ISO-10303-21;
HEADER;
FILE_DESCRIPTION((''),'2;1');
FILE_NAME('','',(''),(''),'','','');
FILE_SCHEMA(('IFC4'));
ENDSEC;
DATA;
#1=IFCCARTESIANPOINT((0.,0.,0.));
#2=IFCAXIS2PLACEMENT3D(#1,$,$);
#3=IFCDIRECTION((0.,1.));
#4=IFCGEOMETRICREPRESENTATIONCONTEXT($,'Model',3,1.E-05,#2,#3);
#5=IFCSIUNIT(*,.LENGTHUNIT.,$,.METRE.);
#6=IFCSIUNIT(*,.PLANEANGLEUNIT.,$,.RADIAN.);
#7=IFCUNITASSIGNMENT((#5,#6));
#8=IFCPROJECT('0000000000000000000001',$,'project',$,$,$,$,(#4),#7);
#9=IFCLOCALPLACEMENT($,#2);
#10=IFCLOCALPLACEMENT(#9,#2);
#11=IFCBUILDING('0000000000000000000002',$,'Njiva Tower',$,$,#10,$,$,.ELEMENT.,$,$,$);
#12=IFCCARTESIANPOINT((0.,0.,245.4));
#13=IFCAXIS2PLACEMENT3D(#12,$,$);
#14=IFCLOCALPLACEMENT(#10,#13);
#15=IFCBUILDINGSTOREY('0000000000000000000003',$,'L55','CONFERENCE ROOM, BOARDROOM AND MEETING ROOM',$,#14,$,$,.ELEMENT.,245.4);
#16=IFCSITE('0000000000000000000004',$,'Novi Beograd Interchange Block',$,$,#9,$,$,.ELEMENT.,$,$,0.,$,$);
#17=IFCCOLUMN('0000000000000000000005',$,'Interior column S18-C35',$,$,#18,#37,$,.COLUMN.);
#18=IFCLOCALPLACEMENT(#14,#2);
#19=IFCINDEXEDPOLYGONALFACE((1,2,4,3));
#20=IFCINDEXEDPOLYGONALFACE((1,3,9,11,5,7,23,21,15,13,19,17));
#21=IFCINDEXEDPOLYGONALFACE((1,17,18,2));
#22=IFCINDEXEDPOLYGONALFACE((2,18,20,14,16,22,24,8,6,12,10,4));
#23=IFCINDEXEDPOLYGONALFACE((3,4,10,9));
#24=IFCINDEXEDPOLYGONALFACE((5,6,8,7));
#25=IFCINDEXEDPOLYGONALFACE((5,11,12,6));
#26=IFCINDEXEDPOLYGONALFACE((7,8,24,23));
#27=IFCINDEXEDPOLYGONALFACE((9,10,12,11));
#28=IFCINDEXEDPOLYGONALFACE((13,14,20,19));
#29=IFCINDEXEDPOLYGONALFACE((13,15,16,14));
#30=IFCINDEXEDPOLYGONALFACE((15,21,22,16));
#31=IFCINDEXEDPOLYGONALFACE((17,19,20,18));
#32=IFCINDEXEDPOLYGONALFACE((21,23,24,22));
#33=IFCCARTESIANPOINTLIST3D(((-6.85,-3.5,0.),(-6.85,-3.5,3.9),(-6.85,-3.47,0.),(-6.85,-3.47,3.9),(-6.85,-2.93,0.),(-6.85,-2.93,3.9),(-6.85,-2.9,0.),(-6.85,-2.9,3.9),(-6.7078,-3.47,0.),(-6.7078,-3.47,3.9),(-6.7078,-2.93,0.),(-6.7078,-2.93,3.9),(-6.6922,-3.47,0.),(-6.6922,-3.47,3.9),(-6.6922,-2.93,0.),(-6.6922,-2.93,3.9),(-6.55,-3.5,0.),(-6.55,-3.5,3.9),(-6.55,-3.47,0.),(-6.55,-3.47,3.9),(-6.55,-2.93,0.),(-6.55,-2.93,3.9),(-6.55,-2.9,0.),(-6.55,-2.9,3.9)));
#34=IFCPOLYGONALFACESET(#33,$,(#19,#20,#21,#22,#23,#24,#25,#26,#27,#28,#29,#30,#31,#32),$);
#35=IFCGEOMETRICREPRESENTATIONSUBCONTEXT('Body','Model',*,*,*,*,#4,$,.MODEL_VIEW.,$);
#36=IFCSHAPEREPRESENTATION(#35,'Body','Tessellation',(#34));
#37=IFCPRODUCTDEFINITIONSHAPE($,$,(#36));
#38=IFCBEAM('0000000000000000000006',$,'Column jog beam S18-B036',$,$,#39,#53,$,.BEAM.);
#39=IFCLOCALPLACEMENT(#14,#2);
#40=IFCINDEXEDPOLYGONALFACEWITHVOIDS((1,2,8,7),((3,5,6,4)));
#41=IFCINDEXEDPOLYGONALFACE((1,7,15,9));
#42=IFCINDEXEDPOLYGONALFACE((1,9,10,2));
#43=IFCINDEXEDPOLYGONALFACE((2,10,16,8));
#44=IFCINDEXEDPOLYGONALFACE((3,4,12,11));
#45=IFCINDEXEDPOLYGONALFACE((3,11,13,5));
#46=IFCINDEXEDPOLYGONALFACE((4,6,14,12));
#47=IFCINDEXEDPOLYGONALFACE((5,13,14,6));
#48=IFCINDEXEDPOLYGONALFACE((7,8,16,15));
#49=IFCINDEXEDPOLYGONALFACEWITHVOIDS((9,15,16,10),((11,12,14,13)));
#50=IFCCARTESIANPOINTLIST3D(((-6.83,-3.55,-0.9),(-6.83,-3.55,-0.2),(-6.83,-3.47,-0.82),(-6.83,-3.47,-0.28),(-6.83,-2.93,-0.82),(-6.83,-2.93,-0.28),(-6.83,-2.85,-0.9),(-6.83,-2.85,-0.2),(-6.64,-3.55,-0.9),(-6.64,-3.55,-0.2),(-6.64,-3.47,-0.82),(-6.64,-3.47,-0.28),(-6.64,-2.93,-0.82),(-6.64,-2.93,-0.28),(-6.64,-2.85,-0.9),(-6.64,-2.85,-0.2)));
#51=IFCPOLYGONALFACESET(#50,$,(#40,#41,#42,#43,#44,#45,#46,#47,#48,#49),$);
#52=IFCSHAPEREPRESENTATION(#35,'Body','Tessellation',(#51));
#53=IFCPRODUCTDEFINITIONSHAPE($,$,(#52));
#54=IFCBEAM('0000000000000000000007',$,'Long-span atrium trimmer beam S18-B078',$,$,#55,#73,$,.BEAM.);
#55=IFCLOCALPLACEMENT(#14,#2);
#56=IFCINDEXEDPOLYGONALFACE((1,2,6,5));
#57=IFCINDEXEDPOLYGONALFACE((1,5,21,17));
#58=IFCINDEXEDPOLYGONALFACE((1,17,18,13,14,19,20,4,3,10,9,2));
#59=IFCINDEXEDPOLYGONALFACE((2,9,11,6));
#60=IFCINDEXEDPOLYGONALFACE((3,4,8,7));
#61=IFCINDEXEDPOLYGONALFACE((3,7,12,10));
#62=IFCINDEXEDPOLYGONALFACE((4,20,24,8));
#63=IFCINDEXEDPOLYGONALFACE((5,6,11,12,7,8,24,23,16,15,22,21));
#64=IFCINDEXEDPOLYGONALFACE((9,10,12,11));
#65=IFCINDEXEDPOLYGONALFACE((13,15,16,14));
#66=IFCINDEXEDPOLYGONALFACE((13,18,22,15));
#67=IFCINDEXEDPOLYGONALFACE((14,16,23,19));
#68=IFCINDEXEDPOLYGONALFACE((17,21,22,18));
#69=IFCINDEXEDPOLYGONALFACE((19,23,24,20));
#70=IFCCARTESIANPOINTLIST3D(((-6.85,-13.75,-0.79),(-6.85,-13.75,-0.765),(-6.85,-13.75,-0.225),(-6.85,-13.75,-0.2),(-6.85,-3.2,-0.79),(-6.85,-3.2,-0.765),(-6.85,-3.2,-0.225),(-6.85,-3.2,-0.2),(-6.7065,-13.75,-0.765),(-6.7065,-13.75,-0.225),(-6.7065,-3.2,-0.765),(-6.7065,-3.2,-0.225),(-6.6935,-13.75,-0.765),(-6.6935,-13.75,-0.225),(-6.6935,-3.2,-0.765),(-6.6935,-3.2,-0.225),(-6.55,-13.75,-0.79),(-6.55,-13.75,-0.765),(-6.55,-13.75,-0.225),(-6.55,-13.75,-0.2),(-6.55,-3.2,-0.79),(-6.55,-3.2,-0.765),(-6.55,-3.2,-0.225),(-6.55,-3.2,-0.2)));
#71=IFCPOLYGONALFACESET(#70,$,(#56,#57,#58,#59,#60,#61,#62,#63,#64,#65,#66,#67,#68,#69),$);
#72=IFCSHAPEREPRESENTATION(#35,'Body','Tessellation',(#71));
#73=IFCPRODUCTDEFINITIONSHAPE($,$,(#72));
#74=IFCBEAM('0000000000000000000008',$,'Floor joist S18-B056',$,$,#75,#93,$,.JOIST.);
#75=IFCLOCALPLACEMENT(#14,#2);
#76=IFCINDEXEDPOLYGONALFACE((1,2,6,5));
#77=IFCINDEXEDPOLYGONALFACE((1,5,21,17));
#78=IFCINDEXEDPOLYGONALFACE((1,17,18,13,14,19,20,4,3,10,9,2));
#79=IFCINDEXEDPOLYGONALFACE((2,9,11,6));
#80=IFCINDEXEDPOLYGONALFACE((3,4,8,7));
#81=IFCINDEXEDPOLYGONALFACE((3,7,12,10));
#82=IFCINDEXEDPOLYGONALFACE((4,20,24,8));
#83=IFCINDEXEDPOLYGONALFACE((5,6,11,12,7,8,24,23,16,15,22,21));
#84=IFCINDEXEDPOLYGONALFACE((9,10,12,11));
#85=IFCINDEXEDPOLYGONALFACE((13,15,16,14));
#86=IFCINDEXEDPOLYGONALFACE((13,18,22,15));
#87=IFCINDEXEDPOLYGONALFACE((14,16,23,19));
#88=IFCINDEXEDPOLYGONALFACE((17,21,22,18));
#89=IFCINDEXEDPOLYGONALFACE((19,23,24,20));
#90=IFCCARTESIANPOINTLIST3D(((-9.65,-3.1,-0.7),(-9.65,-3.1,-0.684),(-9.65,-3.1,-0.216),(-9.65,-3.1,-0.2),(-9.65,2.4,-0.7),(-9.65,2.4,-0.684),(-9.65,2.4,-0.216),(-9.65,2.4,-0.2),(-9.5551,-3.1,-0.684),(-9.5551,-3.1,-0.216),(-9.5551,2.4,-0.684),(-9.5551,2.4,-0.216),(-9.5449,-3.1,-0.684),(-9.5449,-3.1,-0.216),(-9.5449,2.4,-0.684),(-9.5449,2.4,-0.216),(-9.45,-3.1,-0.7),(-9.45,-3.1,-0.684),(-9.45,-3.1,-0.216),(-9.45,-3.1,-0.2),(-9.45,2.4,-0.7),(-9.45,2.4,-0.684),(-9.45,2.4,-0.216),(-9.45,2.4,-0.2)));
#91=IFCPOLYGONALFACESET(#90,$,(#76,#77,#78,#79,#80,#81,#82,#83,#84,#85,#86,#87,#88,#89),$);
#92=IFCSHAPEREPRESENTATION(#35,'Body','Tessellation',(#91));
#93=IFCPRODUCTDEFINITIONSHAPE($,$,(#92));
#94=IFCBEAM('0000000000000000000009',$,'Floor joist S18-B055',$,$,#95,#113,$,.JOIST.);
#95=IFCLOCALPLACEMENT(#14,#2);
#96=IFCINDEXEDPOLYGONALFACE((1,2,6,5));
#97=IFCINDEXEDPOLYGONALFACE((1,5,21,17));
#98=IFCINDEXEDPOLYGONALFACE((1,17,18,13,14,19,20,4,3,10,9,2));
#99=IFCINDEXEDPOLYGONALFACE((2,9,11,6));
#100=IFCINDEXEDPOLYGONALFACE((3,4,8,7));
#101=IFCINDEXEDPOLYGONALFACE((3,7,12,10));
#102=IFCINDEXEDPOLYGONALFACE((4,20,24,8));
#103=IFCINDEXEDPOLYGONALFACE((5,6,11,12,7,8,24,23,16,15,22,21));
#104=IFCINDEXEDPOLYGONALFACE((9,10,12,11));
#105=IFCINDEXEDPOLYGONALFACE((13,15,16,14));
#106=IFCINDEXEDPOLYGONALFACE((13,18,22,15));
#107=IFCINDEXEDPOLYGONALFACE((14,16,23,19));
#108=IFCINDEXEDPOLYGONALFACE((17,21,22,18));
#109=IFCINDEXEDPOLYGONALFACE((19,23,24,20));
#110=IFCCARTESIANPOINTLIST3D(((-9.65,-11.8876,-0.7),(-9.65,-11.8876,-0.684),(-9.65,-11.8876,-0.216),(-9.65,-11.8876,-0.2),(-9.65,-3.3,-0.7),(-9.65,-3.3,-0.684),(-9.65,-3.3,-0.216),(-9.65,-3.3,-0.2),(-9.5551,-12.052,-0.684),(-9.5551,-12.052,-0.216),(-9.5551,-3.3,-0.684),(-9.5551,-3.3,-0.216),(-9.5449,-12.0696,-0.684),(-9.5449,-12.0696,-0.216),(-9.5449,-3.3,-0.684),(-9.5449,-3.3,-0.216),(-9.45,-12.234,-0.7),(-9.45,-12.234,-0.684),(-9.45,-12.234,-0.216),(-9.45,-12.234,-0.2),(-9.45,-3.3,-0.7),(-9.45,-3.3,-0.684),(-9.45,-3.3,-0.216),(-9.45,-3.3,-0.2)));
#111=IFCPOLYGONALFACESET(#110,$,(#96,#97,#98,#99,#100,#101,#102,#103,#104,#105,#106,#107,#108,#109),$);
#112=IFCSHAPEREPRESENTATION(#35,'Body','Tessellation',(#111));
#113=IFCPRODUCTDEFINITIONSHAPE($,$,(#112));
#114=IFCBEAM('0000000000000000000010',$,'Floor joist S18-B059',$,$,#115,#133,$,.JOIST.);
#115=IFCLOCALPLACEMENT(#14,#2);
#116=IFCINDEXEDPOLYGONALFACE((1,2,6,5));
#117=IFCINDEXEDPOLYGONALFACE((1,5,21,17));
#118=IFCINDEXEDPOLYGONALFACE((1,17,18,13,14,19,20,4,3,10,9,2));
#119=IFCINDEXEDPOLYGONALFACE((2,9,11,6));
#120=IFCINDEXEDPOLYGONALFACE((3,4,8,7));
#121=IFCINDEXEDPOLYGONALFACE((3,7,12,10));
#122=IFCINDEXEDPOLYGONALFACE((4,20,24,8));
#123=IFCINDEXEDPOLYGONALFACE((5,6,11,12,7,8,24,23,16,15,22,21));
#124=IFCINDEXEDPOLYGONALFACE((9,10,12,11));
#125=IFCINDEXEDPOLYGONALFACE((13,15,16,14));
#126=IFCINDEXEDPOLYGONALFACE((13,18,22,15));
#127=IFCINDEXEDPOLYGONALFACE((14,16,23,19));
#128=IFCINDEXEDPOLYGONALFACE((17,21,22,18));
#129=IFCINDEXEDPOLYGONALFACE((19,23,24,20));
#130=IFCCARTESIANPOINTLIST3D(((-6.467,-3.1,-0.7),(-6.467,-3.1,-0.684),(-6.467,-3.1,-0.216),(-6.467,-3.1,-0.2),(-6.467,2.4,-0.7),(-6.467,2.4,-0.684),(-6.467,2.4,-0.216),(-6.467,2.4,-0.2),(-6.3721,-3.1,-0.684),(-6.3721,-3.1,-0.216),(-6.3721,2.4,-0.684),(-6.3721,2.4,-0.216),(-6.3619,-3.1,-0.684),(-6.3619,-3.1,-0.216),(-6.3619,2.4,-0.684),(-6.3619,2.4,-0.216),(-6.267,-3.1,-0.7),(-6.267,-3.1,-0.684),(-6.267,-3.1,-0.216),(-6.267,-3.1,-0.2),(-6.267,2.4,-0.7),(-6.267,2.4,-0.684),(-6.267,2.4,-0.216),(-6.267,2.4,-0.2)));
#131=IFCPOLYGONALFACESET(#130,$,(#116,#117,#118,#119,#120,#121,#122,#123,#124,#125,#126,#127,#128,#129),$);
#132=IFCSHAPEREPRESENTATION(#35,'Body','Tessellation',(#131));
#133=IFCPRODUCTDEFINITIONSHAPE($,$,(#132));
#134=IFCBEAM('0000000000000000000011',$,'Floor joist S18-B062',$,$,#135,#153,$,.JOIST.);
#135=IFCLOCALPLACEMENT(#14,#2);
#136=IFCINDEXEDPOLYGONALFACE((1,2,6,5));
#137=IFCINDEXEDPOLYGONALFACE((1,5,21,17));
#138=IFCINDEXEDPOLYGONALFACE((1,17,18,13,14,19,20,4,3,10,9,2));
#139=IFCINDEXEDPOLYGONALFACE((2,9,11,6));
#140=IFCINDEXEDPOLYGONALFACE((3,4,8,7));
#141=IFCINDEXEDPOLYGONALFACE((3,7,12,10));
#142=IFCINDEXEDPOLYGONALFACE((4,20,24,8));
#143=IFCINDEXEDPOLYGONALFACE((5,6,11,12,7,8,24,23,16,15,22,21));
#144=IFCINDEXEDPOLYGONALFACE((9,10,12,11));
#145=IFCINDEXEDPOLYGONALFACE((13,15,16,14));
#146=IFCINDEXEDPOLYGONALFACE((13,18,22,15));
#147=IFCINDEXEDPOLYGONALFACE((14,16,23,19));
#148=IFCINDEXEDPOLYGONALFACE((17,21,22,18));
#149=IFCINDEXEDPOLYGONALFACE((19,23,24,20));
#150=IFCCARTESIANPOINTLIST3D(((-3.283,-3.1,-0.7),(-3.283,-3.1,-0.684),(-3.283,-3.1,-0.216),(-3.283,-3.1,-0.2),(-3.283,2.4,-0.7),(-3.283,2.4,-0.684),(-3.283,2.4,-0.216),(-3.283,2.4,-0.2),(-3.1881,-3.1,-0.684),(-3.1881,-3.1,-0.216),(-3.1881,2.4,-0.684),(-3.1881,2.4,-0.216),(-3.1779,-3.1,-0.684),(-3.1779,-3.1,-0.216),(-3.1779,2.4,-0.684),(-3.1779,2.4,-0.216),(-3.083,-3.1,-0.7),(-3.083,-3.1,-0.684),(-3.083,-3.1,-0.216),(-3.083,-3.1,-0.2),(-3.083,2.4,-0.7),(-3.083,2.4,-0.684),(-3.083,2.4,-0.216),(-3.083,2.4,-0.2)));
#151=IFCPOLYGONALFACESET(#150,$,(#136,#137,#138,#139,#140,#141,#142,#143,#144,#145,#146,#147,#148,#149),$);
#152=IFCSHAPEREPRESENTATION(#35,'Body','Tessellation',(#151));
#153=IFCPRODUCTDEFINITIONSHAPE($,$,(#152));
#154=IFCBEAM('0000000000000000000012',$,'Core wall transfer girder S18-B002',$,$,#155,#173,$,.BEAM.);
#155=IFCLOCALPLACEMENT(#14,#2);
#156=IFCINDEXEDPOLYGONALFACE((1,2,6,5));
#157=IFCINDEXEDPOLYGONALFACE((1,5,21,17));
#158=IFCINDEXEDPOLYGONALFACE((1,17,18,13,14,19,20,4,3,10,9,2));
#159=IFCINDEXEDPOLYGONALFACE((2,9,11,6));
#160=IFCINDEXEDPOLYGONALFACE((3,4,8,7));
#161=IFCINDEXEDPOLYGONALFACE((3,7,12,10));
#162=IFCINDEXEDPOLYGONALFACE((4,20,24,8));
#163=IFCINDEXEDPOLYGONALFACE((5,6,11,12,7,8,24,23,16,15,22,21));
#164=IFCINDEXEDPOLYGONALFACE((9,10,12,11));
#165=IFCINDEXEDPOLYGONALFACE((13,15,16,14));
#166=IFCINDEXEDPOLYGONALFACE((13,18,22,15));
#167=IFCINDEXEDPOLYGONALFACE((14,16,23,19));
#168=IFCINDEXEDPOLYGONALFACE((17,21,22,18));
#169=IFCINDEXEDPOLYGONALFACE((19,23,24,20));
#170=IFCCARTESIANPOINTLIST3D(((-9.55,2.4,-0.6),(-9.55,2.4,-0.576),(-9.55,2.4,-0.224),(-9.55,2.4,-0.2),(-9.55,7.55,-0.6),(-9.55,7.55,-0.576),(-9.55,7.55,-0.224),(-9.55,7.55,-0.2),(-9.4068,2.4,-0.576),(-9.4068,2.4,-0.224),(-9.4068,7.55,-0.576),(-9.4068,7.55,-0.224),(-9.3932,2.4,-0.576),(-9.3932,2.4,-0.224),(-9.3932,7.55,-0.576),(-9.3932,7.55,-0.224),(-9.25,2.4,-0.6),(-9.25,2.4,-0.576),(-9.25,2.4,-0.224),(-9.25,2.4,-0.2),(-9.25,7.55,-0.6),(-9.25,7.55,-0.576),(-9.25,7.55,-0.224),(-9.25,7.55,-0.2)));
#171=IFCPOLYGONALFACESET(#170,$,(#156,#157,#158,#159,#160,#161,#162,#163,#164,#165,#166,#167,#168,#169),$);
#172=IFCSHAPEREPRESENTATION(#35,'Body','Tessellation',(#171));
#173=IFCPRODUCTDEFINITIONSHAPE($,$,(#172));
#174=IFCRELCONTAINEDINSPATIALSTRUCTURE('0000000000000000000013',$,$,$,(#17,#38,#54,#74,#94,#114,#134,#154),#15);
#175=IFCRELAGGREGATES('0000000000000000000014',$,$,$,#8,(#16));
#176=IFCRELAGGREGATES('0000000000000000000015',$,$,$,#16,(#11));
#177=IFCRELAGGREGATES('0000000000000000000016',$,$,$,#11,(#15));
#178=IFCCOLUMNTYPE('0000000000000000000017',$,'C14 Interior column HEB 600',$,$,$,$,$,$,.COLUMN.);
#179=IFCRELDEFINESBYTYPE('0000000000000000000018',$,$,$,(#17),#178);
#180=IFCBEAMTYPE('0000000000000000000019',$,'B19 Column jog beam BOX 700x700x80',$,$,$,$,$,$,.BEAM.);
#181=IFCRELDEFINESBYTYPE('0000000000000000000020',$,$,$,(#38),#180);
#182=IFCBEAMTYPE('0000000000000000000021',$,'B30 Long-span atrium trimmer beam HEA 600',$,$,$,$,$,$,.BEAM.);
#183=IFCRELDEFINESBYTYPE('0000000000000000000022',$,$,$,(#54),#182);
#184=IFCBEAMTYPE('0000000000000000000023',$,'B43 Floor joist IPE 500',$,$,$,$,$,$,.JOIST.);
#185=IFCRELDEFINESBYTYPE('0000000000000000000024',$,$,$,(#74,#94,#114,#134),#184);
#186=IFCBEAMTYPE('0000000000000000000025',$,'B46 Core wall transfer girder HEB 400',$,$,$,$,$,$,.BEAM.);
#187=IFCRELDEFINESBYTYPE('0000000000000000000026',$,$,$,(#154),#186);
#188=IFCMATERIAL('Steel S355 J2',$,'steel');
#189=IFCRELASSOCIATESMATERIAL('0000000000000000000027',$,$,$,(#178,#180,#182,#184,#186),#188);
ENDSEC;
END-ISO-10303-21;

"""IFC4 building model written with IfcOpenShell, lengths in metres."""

from ifc_helpers import new_model, si_unit, direction, frame, origin, origin_2d, place, context, subcontext, project, spatial, hollow_rectangle, i_section, extrude, clip, halfspace, material, material_profile, profile_set, type_object, element, save


model = new_model("IFC4")

# Units and contexts
model_context = context("Model", 3, precision=1e-05, world=origin(), true_north=direction((0.0, 1.0)))
body_context = subcontext(model_context, "Body", "Model", "MODEL_VIEW")
ifc_project = project(units=[si_unit("LENGTHUNIT", "METRE"), si_unit("PLANEANGLEUNIT", "RADIAN")], contexts=[model_context])

# Site, building, storey
site_placement = place(None, origin())
site = spatial("IfcSite", under=ifc_project, at=site_placement, Name="Novi Beograd Interchange Block", CompositionType="ELEMENT", RefElevation=0.0)
building_placement = place(site_placement, origin())
building = spatial("IfcBuilding", under=site, at=building_placement, Name="Njiva Tower", CompositionType="ELEMENT")
storey_placement = place(building_placement, frame((0.0, 0.0, 245.4)))
storey = spatial("IfcBuildingStorey", under=building, at=storey_placement, Name="L55", Description="CONFERENCE ROOM, BOARDROOM AND MEETING ROOM", CompositionType="ELEMENT", Elevation=245.4)

# Column
ifc_material_1 = material(Name="Steel S355 J2", Category="steel")
ifc_material_profile_1 = material_profile(ifc_material_1, i_section(OverallWidth=0.3, OverallDepth=0.6, WebThickness=0.0155, FlangeThickness=0.03, at=origin_2d()), Name="HEB 600")
ifc_profile_set_1 = profile_set([ifc_material_profile_1], Name="Steel S355 J2")
column_type = type_object("IfcColumnType", Name="C14 Interior column HEB 600", PredefinedType="COLUMN", material=ifc_profile_set_1)
column_placement = place(storey_placement, frame((-6.7, -3.2, 0.0), z_axis=(0.0, 0.0, 1.0), x_axis=(1.0, 0.0, 0.0)))
element("IfcColumn", 1, at=column_placement, inside=storey, type_object=column_type, Name="Interior column S18-C35", PredefinedType="COLUMN", context=body_context, shape_type="SweptSolid", body=[
    extrude(i_section(OverallWidth=0.3, OverallDepth=0.6, WebThickness=0.0155, FlangeThickness=0.03, at=origin_2d()), origin(), (0.0, 0.0, 1.0), 3.9),
])

# Beams
ifc_material_profile_2 = material_profile(ifc_material_1, hollow_rectangle(XDim=0.7, YDim=0.7, WallThickness=0.08, at=origin_2d()), Name="BOX 700x700x80")
ifc_profile_set_2 = profile_set([ifc_material_profile_2], Name="Steel S355 J2")
beam_type_1 = type_object("IfcBeamType", Name="B19 Column jog beam BOX 700x700x80", PredefinedType="BEAM", material=ifc_profile_set_2)
beam_1_placement = place(storey_placement, frame((-6.83, -3.2, -0.55), z_axis=(1.0, 0.0, 0.0), x_axis=(0.0, 1.0, 0.0)))
element("IfcBeam", 2, at=beam_1_placement, inside=storey, type_object=beam_type_1, Name="Column jog beam S18-B036", PredefinedType="BEAM", context=body_context, shape_type="SweptSolid", body=[
    extrude(hollow_rectangle(XDim=0.7, YDim=0.7, WallThickness=0.08, at=origin_2d()), origin(), (0.0, 0.0, 1.0), 0.19),
])
ifc_material_profile_3 = material_profile(ifc_material_1, i_section(OverallWidth=0.3, OverallDepth=0.59, WebThickness=0.013, FlangeThickness=0.025, at=origin_2d()), Name="HEA 600")
ifc_profile_set_3 = profile_set([ifc_material_profile_3], Name="Steel S355 J2")
beam_type_2 = type_object("IfcBeamType", Name="B30 Long-span atrium trimmer beam HEA 600", PredefinedType="BEAM", material=ifc_profile_set_3)
beam_2_placement = place(storey_placement, frame((-6.7, -3.2, -0.495), z_axis=(0.0, -1.0, 0.0), x_axis=(1.0, 0.0, 0.0)))
element("IfcBeam", 3, at=beam_2_placement, inside=storey, type_object=beam_type_2, Name="Long-span atrium trimmer beam S18-B078", PredefinedType="BEAM", context=body_context, shape_type="SweptSolid", body=[
    extrude(i_section(OverallWidth=0.3, OverallDepth=0.59, WebThickness=0.013, FlangeThickness=0.025, at=origin_2d()), origin(), (0.0, 0.0, 1.0), 10.55),
])
ifc_material_profile_4 = material_profile(ifc_material_1, i_section(OverallWidth=0.2, OverallDepth=0.5, WebThickness=0.0102, FlangeThickness=0.016, at=origin_2d()), Name="IPE 500")
ifc_profile_set_4 = profile_set([ifc_material_profile_4], Name="Steel S355 J2")
beam_type_3 = type_object("IfcBeamType", Name="B43 Floor joist IPE 500", PredefinedType="JOIST", material=ifc_profile_set_4)
beam_3_placement = place(storey_placement, frame((-9.55, 2.4, -0.45), z_axis=(0.0, -1.0, 0.0), x_axis=(1.0, 0.0, 0.0)))
element("IfcBeam", 4, at=beam_3_placement, inside=storey, type_object=beam_type_3, Name="Floor joist S18-B056", PredefinedType="JOIST", context=body_context, shape_type="SweptSolid", body=[
    extrude(i_section(OverallWidth=0.2, OverallDepth=0.5, WebThickness=0.0102, FlangeThickness=0.016, at=origin_2d()), origin(), (0.0, 0.0, 1.0), 5.5),
])
beam_4_placement = place(storey_placement, frame((-9.55, -3.3, -0.45), z_axis=(0.0, -1.0, 0.0), x_axis=(1.0, 0.0, 0.0)))
element("IfcBeam", 5, at=beam_4_placement, inside=storey, type_object=beam_type_3, Name="Floor joist S18-B055", PredefinedType="JOIST", context=body_context, shape_type="Clipping", body=[
    clip(extrude(i_section(OverallWidth=0.2, OverallDepth=0.5, WebThickness=0.0102, FlangeThickness=0.016, at=origin_2d()), origin(), (0.0, 0.0, 1.0), 8.954), halfspace(frame((-0.0433, 0.0, 8.6858), z_axis=(-0.866027, 0.0, 0.499998), x_axis=(0.0, 1.0, 0.0)), False)),
])
for number, where, z_axis, x_axis, name in (
    (6, (-6.367, 2.4, -0.45), (0.0, -1.0, 0.0), (1.0, 0.0, 0.0), "Floor joist S18-B059"),
    (7, (-3.183, 2.4, -0.45), (0.0, -1.0, 0.0), (1.0, 0.0, 0.0), "Floor joist S18-B062"),
):
    element("IfcBeam", number, at=place(storey_placement, frame(where, z_axis=z_axis, x_axis=x_axis)), inside=storey, type_object=beam_type_3, Name=name, PredefinedType="JOIST", context=body_context, shape_type="SweptSolid", body=[
        extrude(i_section(OverallWidth=0.2, OverallDepth=0.5, WebThickness=0.0102, FlangeThickness=0.016, at=origin_2d()), origin(), (0.0, 0.0, 1.0), 5.5),
    ])
ifc_material_profile_5 = material_profile(ifc_material_1, i_section(OverallWidth=0.3, OverallDepth=0.4, WebThickness=0.0135, FlangeThickness=0.024, at=origin_2d()), Name="HEB 400")
ifc_profile_set_5 = profile_set([ifc_material_profile_5], Name="Steel S355 J2")
beam_type_4 = type_object("IfcBeamType", Name="B46 Core wall transfer girder HEB 400", PredefinedType="BEAM", material=ifc_profile_set_5)
for number, where, z_axis, x_axis, name in (
    (8, (-9.4, 2.4, -0.4), (0.0, 1.0, 0.0), (-1.0, 0.0, 0.0), "Core wall transfer girder S18-B002"),
):
    element("IfcBeam", number, at=place(storey_placement, frame(where, z_axis=z_axis, x_axis=x_axis)), inside=storey, type_object=beam_type_4, Name=name, PredefinedType="BEAM", context=body_context, shape_type="SweptSolid", body=[
        extrude(i_section(OverallWidth=0.3, OverallDepth=0.4, WebThickness=0.0135, FlangeThickness=0.024, at=origin_2d()), origin(), (0.0, 0.0, 1.0), 5.15),
    ])

save(model, "model.ifc")
